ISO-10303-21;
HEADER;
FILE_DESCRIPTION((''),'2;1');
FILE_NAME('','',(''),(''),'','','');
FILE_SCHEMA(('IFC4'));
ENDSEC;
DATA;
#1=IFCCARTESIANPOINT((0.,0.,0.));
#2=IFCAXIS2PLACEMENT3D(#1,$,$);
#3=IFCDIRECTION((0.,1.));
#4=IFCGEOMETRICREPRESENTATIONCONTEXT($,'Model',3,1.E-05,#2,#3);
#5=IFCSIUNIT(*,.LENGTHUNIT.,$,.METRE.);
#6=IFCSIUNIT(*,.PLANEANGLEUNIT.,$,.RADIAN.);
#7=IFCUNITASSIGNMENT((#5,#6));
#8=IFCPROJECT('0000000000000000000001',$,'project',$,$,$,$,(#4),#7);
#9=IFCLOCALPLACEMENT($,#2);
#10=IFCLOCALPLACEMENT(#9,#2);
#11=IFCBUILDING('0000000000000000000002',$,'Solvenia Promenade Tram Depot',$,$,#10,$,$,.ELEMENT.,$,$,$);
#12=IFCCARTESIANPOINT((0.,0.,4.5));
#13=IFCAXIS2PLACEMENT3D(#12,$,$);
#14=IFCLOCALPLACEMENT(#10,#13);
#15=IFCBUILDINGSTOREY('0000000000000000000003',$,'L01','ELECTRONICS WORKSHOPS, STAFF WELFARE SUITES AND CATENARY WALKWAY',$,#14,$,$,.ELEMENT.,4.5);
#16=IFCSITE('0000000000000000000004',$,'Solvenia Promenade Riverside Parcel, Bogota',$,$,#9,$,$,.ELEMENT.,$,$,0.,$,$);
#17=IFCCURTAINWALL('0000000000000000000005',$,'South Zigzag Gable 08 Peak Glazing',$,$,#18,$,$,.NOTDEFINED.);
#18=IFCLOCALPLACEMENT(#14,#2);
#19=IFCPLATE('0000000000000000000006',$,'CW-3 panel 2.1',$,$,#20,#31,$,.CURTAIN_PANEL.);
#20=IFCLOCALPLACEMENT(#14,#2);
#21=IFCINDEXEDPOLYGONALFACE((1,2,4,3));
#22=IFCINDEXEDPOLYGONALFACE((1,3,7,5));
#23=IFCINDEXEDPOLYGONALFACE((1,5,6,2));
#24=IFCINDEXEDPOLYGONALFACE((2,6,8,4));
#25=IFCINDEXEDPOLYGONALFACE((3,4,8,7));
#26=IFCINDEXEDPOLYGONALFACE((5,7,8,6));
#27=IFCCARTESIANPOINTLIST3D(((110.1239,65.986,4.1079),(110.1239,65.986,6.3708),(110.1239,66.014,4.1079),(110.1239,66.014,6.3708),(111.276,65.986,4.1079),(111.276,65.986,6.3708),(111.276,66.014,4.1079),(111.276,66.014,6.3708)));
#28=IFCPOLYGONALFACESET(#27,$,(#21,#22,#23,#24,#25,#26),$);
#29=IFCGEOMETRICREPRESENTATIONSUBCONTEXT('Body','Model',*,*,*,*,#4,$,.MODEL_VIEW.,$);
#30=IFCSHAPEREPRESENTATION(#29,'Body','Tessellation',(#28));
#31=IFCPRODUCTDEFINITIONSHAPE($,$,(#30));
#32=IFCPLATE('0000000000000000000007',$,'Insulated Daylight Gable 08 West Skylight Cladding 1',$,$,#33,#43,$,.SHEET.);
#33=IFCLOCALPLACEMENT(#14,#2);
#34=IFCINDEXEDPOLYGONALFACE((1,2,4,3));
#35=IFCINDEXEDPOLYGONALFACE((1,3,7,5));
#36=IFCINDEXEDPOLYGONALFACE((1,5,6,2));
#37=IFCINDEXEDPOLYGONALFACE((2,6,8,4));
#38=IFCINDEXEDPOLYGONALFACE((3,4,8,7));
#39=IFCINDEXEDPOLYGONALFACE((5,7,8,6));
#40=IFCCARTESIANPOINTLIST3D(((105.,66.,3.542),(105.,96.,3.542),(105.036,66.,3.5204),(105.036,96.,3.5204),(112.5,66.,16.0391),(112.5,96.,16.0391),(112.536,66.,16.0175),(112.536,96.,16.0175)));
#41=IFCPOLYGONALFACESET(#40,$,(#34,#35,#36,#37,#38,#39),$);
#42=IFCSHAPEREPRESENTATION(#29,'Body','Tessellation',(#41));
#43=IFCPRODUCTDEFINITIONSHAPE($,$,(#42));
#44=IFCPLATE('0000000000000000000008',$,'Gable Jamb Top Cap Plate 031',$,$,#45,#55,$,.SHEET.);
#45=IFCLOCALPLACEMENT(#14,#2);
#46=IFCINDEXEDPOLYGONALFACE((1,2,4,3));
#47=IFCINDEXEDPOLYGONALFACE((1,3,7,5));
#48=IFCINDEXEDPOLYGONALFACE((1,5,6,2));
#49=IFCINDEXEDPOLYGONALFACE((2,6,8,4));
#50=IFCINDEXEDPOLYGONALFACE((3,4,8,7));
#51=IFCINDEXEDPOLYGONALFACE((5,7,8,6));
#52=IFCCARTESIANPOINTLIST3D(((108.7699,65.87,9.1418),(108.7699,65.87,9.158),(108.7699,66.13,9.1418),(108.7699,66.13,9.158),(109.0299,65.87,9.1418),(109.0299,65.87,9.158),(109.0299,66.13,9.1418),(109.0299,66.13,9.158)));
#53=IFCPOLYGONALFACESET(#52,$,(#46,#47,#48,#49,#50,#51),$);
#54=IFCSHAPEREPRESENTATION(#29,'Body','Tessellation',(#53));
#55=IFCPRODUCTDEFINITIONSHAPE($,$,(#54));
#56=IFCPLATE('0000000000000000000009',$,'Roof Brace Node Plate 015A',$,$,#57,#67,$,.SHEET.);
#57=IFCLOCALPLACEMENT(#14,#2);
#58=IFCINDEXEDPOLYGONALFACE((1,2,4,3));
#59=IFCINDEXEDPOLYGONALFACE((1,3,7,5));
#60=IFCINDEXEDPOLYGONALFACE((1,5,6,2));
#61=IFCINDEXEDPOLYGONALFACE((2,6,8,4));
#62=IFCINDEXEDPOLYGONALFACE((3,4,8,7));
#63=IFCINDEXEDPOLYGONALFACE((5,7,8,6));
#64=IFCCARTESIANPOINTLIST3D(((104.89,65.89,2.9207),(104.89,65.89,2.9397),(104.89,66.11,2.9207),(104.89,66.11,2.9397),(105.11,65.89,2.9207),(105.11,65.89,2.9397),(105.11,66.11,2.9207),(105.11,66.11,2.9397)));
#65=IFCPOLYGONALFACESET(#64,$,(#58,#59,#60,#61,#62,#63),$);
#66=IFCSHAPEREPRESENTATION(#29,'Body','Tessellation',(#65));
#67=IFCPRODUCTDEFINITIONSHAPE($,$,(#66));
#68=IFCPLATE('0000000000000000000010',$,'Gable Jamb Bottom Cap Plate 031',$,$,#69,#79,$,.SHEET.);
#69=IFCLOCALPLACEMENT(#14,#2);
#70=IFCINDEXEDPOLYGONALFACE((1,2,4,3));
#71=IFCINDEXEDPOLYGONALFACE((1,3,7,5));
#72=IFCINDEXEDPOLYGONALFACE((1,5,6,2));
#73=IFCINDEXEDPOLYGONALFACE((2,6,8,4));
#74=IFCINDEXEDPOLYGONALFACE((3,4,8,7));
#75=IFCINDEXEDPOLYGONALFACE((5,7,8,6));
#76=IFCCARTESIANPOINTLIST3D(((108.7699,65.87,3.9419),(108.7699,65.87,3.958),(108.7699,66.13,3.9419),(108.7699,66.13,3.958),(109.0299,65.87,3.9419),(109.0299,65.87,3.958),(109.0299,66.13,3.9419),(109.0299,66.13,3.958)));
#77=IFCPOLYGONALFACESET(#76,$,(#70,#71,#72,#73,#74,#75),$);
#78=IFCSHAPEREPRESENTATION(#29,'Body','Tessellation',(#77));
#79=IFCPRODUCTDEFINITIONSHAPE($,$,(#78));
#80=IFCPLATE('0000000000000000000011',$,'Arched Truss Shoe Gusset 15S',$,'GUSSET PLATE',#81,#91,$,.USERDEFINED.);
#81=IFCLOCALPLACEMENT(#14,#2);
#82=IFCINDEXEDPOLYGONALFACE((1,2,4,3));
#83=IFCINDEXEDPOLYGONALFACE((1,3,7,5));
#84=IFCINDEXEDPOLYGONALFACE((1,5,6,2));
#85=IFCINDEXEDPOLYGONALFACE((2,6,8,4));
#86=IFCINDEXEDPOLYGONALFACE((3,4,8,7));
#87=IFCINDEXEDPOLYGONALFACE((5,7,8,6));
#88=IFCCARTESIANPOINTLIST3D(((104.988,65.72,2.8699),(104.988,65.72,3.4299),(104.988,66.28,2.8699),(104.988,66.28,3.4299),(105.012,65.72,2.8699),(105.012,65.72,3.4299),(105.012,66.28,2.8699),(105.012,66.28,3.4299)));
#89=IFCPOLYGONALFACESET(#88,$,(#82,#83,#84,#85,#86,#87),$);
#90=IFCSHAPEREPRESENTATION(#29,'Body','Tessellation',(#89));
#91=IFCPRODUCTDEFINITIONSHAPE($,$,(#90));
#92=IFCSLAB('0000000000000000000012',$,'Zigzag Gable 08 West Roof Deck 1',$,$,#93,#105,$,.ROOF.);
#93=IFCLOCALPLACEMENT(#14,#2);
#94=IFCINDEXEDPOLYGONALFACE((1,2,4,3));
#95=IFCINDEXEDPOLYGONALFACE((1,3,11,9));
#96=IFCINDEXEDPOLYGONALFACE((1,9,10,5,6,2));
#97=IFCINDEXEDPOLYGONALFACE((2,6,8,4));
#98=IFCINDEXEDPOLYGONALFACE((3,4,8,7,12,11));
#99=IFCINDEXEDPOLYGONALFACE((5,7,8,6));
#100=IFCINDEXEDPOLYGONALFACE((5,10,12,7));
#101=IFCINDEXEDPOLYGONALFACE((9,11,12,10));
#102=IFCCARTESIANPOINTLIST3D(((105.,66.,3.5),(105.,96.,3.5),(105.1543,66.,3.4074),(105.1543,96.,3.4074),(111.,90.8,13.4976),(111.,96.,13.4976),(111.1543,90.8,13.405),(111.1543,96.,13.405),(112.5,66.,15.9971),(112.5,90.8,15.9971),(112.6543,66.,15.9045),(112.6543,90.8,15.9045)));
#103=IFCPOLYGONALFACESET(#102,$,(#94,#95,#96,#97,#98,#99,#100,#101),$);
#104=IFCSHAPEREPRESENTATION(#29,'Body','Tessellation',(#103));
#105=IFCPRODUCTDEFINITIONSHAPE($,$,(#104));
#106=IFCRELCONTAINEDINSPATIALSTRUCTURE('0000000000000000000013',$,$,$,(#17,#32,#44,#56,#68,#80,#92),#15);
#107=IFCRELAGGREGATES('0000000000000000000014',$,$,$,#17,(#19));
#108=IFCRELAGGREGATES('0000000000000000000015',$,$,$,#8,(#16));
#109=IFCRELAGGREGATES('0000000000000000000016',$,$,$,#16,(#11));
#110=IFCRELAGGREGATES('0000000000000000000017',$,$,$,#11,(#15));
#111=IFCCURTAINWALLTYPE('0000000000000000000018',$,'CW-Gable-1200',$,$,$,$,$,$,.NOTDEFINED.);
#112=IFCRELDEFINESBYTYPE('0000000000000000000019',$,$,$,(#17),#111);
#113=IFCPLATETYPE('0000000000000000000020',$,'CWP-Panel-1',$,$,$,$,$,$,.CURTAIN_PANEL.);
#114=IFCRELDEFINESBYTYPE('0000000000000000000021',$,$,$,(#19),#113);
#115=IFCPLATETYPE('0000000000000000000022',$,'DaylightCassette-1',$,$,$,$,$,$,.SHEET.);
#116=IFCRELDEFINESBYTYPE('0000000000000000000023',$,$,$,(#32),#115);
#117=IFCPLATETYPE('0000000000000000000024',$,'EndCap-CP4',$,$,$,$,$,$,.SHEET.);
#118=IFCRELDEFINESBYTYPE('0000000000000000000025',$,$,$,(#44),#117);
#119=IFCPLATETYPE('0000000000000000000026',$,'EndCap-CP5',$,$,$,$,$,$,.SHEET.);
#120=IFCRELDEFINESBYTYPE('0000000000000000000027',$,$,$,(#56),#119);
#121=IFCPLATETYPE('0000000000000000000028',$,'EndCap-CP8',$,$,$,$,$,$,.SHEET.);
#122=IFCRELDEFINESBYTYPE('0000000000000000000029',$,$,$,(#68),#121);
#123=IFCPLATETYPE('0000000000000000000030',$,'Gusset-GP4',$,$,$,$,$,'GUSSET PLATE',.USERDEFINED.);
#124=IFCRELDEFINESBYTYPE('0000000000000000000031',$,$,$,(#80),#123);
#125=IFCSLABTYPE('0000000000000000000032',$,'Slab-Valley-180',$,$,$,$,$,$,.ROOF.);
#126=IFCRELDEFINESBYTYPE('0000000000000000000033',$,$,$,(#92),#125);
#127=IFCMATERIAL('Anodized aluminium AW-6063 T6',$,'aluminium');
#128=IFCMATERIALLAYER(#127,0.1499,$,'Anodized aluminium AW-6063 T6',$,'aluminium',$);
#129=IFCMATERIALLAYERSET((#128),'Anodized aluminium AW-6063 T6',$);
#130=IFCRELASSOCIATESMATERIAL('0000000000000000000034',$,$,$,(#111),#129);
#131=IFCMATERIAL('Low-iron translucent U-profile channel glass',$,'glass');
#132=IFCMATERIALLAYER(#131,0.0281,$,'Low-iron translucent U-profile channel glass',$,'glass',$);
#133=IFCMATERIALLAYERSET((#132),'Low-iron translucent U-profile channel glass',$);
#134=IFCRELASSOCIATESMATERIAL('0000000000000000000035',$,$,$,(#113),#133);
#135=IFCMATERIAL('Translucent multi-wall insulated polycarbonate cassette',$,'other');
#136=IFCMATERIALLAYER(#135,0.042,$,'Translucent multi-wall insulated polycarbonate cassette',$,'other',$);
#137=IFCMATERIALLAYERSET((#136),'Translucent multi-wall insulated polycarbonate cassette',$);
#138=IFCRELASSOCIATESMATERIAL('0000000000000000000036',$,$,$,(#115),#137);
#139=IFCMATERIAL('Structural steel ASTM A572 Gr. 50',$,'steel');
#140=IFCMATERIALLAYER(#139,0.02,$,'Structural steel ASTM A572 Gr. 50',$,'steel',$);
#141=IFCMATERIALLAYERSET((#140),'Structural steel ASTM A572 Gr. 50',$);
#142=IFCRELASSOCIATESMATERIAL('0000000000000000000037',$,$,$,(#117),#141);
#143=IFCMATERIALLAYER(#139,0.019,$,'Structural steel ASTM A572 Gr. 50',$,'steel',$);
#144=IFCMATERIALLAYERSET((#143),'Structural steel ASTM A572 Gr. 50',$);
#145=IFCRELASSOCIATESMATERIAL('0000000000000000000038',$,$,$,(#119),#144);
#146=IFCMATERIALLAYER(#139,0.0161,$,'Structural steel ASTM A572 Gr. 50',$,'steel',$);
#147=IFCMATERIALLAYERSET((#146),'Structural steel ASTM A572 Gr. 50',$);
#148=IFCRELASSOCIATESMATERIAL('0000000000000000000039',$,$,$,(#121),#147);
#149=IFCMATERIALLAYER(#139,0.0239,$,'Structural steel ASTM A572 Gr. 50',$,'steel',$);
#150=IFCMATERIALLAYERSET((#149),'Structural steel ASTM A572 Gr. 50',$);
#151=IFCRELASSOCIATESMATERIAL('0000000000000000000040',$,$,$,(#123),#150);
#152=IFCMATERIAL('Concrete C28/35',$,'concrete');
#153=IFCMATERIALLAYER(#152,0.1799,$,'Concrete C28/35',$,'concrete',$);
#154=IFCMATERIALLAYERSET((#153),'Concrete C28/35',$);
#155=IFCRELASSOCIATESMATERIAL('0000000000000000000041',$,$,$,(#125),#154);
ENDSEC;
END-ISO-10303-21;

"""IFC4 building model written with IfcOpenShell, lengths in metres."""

from ifc_helpers import new_model, si_unit, direction, frame, origin, origin_2d, place, context, subcontext, project, spatial, polyline, rectangle, outline, extrude, material, layer, layer_set, type_object, element, aggregate, save


model = new_model("IFC4")

# Units and contexts
model_context = context("Model", 3, precision=1e-05, world=origin(), true_north=direction((0.0, 1.0)))
body_context = subcontext(model_context, "Body", "Model", "MODEL_VIEW")
ifc_project = project(units=[si_unit("LENGTHUNIT", "METRE"), si_unit("PLANEANGLEUNIT", "RADIAN")], contexts=[model_context])

# Site, building, storey
site_placement = place(None, origin())
site = spatial("IfcSite", under=ifc_project, at=site_placement, Name="Solvenia Promenade Riverside Parcel, Bogota", CompositionType="ELEMENT", RefElevation=0.0)
building_placement = place(site_placement, origin())
building = spatial("IfcBuilding", under=site, at=building_placement, Name="Solvenia Promenade Tram Depot", CompositionType="ELEMENT")
storey_placement = place(building_placement, frame((0.0, 0.0, 4.5)))
storey = spatial("IfcBuildingStorey", under=building, at=storey_placement, Name="L01", Description="ELECTRONICS WORKSHOPS, STAFF WELFARE SUITES AND CATENARY WALKWAY", CompositionType="ELEMENT", Elevation=4.5)

# Curtain wall
ifc_material_1 = material(Name="Anodized aluminium AW-6063 T6", Category="aluminium")
ifc_layer_1 = layer(ifc_material_1, 0.1499, Name="Anodized aluminium AW-6063 T6", Category="aluminium")
ifc_layer_set_1 = layer_set([ifc_layer_1], Name="Anodized aluminium AW-6063 T6")
curtain_wall_type_1 = type_object("IfcCurtainWallType", Name="CW-Gable-1200", PredefinedType="NOTDEFINED", material=ifc_layer_set_1)
curtain_wall_1_placement = place(storey_placement, origin())
curtain_wall_1 = element("IfcCurtainWall", 1, at=curtain_wall_1_placement, inside=storey, type_object=curtain_wall_type_1, Name="South Zigzag Gable 08 Peak Glazing", PredefinedType="NOTDEFINED")

# Plate
ifc_material_2 = material(Name="Low-iron translucent U-profile channel glass", Category="glass")
ifc_layer_2 = layer(ifc_material_2, 0.0281, Name="Low-iron translucent U-profile channel glass", Category="glass")
ifc_layer_set_2 = layer_set([ifc_layer_2], Name="Low-iron translucent U-profile channel glass")
plate_type_1 = type_object("IfcPlateType", Name="CWP-Panel-1", PredefinedType="CURTAIN_PANEL", material=ifc_layer_set_2)
plate_1_placement = place(storey_placement, frame((110.7, 66.0, 4.1079), z_axis=(0.0, 0.0, 1.0), x_axis=(1.0, 0.0, 0.0)))
plate_1 = element("IfcPlate", 2, at=plate_1_placement, type_object=plate_type_1, Name="CW-3 panel 2.1", PredefinedType="CURTAIN_PANEL", context=body_context, shape_type="SweptSolid", body=[
    extrude(rectangle(XDim=1.1521, YDim=0.0281, at=origin_2d()), origin(), (0.0, 0.0, 1.0), 2.2629),
])
aggregate(curtain_wall_1, [plate_1])

# Plates
ifc_material_3 = material(Name="Translucent multi-wall insulated polycarbonate cassette", Category="other")
ifc_layer_3 = layer(ifc_material_3, 0.042, Name="Translucent multi-wall insulated polycarbonate cassette", Category="other")
ifc_layer_set_3 = layer_set([ifc_layer_3], Name="Translucent multi-wall insulated polycarbonate cassette")
plate_type_2 = type_object("IfcPlateType", Name="DaylightCassette-1", PredefinedType="SHEET", material=ifc_layer_set_3)
plate_2_placement = place(storey_placement, frame((105.0, 66.0, 3.542), z_axis=(-0.85744, 0.0, 0.514584), x_axis=(0.0, 1.0, 0.0)))
element("IfcPlate", 3, at=plate_2_placement, inside=storey, type_object=plate_type_2, Name="Insulated Daylight Gable 08 West Skylight Cladding 1", PredefinedType="SHEET", context=body_context, shape_type="SweptSolid", body=[
    extrude(outline(polyline([(0.0, 0.0), (30.0, 0.0), (30.0, -14.5749), (0.0, -14.5749), (0.0, 0.0)])), origin(), (0.0, 0.0, -1.0), 0.042),
])
ifc_material_4 = material(Name="Structural steel ASTM A572 Gr. 50", Category="steel")
ifc_layer_4 = layer(ifc_material_4, 0.02, Name="Structural steel ASTM A572 Gr. 50", Category="steel")
ifc_layer_set_4 = layer_set([ifc_layer_4], Name="Structural steel ASTM A572 Gr. 50")
plate_type_3 = type_object("IfcPlateType", Name="EndCap-CP4", PredefinedType="SHEET", material=ifc_layer_set_4)
plate_3_placement = place(storey_placement, frame((108.8999, 66.0, 9.1418), z_axis=(0.0, 0.0, 1.0), x_axis=(1.0, 0.0, 0.0)))
element("IfcPlate", 4, at=plate_3_placement, inside=storey, type_object=plate_type_3, Name="Gable Jamb Top Cap Plate 031", PredefinedType="SHEET", context=body_context, shape_type="SweptSolid", body=[
    extrude(rectangle(XDim=0.26, YDim=0.26, at=origin_2d()), origin(), (0.0, 0.0, 1.0), 0.0161),
])
ifc_layer_5 = layer(ifc_material_4, 0.019, Name="Structural steel ASTM A572 Gr. 50", Category="steel")
ifc_layer_set_5 = layer_set([ifc_layer_5], Name="Structural steel ASTM A572 Gr. 50")
plate_type_4 = type_object("IfcPlateType", Name="EndCap-CP5", PredefinedType="SHEET", material=ifc_layer_set_5)
plate_4_placement = place(storey_placement, frame((105.0, 66.0, 2.9207), z_axis=(0.0, 0.0, 1.0), x_axis=(1.0, 0.0, 0.0)))
element("IfcPlate", 5, at=plate_4_placement, inside=storey, type_object=plate_type_4, Name="Roof Brace Node Plate 015A", PredefinedType="SHEET", context=body_context, shape_type="SweptSolid", body=[
    extrude(rectangle(XDim=0.22, YDim=0.22, at=origin_2d()), origin(), (0.0, 0.0, 1.0), 0.019),
])
ifc_layer_6 = layer(ifc_material_4, 0.0161, Name="Structural steel ASTM A572 Gr. 50", Category="steel")
ifc_layer_set_6 = layer_set([ifc_layer_6], Name="Structural steel ASTM A572 Gr. 50")
plate_type_5 = type_object("IfcPlateType", Name="EndCap-CP8", PredefinedType="SHEET", material=ifc_layer_set_6)
plate_5_placement = place(storey_placement, frame((108.8999, 66.0, 3.9419), z_axis=(0.0, 0.0, 1.0), x_axis=(1.0, 0.0, 0.0)))
element("IfcPlate", 6, at=plate_5_placement, inside=storey, type_object=plate_type_5, Name="Gable Jamb Bottom Cap Plate 031", PredefinedType="SHEET", context=body_context, shape_type="SweptSolid", body=[
    extrude(rectangle(XDim=0.26, YDim=0.26, at=origin_2d()), origin(), (0.0, 0.0, 1.0), 0.0161),
])
ifc_layer_7 = layer(ifc_material_4, 0.0239, Name="Structural steel ASTM A572 Gr. 50", Category="steel")
ifc_layer_set_7 = layer_set([ifc_layer_7], Name="Structural steel ASTM A572 Gr. 50")
plate_type_6 = type_object("IfcPlateType", Name="Gusset-GP4", ElementType="GUSSET PLATE", PredefinedType="USERDEFINED", material=ifc_layer_set_7)
plate_6_placement = place(storey_placement, frame((105.0, 66.0, 2.8699), z_axis=(0.0, 0.0, 1.0), x_axis=(1.0, 0.0, 0.0)))
element("IfcPlate", 7, at=plate_6_placement, inside=storey, type_object=plate_type_6, Name="Arched Truss Shoe Gusset 15S", ObjectType="GUSSET PLATE", PredefinedType="USERDEFINED", context=body_context, shape_type="SweptSolid", body=[
    extrude(rectangle(XDim=0.0239, YDim=0.5601, at=origin_2d()), origin(), (0.0, 0.0, 1.0), 0.5601),
])

# Slab
ifc_material_5 = material(Name="Concrete C28/35", Category="concrete")
ifc_layer_8 = layer(ifc_material_5, 0.1799, Name="Concrete C28/35", Category="concrete")
ifc_layer_set_8 = layer_set([ifc_layer_8], Name="Concrete C28/35")
slab_type = type_object("IfcSlabType", Name="Slab-Valley-180", PredefinedType="ROOF", material=ifc_layer_set_8)
slab_placement = place(storey_placement, frame((105.0, 66.0, 3.5), z_axis=(-0.857439, 0.000001, 0.514585), x_axis=(0.000001, 1.0, 0.0)))
element("IfcSlab", 8, at=slab_placement, inside=storey, type_object=slab_type, Name="Zigzag Gable 08 West Roof Deck 1", PredefinedType="ROOF", context=body_context, shape_type="SweptSolid", body=[
    extrude(outline(polyline([(0.0, 0.0), (30.0, 0.0), (30.0, -11.6598), (24.8, -11.6598), (24.8, -14.5749), (0.0, -14.5749), (0.0, 0.0)])), origin(), (0.0, 0.0, -1.0), 0.1799),
])

save(model, "model.ifc")
